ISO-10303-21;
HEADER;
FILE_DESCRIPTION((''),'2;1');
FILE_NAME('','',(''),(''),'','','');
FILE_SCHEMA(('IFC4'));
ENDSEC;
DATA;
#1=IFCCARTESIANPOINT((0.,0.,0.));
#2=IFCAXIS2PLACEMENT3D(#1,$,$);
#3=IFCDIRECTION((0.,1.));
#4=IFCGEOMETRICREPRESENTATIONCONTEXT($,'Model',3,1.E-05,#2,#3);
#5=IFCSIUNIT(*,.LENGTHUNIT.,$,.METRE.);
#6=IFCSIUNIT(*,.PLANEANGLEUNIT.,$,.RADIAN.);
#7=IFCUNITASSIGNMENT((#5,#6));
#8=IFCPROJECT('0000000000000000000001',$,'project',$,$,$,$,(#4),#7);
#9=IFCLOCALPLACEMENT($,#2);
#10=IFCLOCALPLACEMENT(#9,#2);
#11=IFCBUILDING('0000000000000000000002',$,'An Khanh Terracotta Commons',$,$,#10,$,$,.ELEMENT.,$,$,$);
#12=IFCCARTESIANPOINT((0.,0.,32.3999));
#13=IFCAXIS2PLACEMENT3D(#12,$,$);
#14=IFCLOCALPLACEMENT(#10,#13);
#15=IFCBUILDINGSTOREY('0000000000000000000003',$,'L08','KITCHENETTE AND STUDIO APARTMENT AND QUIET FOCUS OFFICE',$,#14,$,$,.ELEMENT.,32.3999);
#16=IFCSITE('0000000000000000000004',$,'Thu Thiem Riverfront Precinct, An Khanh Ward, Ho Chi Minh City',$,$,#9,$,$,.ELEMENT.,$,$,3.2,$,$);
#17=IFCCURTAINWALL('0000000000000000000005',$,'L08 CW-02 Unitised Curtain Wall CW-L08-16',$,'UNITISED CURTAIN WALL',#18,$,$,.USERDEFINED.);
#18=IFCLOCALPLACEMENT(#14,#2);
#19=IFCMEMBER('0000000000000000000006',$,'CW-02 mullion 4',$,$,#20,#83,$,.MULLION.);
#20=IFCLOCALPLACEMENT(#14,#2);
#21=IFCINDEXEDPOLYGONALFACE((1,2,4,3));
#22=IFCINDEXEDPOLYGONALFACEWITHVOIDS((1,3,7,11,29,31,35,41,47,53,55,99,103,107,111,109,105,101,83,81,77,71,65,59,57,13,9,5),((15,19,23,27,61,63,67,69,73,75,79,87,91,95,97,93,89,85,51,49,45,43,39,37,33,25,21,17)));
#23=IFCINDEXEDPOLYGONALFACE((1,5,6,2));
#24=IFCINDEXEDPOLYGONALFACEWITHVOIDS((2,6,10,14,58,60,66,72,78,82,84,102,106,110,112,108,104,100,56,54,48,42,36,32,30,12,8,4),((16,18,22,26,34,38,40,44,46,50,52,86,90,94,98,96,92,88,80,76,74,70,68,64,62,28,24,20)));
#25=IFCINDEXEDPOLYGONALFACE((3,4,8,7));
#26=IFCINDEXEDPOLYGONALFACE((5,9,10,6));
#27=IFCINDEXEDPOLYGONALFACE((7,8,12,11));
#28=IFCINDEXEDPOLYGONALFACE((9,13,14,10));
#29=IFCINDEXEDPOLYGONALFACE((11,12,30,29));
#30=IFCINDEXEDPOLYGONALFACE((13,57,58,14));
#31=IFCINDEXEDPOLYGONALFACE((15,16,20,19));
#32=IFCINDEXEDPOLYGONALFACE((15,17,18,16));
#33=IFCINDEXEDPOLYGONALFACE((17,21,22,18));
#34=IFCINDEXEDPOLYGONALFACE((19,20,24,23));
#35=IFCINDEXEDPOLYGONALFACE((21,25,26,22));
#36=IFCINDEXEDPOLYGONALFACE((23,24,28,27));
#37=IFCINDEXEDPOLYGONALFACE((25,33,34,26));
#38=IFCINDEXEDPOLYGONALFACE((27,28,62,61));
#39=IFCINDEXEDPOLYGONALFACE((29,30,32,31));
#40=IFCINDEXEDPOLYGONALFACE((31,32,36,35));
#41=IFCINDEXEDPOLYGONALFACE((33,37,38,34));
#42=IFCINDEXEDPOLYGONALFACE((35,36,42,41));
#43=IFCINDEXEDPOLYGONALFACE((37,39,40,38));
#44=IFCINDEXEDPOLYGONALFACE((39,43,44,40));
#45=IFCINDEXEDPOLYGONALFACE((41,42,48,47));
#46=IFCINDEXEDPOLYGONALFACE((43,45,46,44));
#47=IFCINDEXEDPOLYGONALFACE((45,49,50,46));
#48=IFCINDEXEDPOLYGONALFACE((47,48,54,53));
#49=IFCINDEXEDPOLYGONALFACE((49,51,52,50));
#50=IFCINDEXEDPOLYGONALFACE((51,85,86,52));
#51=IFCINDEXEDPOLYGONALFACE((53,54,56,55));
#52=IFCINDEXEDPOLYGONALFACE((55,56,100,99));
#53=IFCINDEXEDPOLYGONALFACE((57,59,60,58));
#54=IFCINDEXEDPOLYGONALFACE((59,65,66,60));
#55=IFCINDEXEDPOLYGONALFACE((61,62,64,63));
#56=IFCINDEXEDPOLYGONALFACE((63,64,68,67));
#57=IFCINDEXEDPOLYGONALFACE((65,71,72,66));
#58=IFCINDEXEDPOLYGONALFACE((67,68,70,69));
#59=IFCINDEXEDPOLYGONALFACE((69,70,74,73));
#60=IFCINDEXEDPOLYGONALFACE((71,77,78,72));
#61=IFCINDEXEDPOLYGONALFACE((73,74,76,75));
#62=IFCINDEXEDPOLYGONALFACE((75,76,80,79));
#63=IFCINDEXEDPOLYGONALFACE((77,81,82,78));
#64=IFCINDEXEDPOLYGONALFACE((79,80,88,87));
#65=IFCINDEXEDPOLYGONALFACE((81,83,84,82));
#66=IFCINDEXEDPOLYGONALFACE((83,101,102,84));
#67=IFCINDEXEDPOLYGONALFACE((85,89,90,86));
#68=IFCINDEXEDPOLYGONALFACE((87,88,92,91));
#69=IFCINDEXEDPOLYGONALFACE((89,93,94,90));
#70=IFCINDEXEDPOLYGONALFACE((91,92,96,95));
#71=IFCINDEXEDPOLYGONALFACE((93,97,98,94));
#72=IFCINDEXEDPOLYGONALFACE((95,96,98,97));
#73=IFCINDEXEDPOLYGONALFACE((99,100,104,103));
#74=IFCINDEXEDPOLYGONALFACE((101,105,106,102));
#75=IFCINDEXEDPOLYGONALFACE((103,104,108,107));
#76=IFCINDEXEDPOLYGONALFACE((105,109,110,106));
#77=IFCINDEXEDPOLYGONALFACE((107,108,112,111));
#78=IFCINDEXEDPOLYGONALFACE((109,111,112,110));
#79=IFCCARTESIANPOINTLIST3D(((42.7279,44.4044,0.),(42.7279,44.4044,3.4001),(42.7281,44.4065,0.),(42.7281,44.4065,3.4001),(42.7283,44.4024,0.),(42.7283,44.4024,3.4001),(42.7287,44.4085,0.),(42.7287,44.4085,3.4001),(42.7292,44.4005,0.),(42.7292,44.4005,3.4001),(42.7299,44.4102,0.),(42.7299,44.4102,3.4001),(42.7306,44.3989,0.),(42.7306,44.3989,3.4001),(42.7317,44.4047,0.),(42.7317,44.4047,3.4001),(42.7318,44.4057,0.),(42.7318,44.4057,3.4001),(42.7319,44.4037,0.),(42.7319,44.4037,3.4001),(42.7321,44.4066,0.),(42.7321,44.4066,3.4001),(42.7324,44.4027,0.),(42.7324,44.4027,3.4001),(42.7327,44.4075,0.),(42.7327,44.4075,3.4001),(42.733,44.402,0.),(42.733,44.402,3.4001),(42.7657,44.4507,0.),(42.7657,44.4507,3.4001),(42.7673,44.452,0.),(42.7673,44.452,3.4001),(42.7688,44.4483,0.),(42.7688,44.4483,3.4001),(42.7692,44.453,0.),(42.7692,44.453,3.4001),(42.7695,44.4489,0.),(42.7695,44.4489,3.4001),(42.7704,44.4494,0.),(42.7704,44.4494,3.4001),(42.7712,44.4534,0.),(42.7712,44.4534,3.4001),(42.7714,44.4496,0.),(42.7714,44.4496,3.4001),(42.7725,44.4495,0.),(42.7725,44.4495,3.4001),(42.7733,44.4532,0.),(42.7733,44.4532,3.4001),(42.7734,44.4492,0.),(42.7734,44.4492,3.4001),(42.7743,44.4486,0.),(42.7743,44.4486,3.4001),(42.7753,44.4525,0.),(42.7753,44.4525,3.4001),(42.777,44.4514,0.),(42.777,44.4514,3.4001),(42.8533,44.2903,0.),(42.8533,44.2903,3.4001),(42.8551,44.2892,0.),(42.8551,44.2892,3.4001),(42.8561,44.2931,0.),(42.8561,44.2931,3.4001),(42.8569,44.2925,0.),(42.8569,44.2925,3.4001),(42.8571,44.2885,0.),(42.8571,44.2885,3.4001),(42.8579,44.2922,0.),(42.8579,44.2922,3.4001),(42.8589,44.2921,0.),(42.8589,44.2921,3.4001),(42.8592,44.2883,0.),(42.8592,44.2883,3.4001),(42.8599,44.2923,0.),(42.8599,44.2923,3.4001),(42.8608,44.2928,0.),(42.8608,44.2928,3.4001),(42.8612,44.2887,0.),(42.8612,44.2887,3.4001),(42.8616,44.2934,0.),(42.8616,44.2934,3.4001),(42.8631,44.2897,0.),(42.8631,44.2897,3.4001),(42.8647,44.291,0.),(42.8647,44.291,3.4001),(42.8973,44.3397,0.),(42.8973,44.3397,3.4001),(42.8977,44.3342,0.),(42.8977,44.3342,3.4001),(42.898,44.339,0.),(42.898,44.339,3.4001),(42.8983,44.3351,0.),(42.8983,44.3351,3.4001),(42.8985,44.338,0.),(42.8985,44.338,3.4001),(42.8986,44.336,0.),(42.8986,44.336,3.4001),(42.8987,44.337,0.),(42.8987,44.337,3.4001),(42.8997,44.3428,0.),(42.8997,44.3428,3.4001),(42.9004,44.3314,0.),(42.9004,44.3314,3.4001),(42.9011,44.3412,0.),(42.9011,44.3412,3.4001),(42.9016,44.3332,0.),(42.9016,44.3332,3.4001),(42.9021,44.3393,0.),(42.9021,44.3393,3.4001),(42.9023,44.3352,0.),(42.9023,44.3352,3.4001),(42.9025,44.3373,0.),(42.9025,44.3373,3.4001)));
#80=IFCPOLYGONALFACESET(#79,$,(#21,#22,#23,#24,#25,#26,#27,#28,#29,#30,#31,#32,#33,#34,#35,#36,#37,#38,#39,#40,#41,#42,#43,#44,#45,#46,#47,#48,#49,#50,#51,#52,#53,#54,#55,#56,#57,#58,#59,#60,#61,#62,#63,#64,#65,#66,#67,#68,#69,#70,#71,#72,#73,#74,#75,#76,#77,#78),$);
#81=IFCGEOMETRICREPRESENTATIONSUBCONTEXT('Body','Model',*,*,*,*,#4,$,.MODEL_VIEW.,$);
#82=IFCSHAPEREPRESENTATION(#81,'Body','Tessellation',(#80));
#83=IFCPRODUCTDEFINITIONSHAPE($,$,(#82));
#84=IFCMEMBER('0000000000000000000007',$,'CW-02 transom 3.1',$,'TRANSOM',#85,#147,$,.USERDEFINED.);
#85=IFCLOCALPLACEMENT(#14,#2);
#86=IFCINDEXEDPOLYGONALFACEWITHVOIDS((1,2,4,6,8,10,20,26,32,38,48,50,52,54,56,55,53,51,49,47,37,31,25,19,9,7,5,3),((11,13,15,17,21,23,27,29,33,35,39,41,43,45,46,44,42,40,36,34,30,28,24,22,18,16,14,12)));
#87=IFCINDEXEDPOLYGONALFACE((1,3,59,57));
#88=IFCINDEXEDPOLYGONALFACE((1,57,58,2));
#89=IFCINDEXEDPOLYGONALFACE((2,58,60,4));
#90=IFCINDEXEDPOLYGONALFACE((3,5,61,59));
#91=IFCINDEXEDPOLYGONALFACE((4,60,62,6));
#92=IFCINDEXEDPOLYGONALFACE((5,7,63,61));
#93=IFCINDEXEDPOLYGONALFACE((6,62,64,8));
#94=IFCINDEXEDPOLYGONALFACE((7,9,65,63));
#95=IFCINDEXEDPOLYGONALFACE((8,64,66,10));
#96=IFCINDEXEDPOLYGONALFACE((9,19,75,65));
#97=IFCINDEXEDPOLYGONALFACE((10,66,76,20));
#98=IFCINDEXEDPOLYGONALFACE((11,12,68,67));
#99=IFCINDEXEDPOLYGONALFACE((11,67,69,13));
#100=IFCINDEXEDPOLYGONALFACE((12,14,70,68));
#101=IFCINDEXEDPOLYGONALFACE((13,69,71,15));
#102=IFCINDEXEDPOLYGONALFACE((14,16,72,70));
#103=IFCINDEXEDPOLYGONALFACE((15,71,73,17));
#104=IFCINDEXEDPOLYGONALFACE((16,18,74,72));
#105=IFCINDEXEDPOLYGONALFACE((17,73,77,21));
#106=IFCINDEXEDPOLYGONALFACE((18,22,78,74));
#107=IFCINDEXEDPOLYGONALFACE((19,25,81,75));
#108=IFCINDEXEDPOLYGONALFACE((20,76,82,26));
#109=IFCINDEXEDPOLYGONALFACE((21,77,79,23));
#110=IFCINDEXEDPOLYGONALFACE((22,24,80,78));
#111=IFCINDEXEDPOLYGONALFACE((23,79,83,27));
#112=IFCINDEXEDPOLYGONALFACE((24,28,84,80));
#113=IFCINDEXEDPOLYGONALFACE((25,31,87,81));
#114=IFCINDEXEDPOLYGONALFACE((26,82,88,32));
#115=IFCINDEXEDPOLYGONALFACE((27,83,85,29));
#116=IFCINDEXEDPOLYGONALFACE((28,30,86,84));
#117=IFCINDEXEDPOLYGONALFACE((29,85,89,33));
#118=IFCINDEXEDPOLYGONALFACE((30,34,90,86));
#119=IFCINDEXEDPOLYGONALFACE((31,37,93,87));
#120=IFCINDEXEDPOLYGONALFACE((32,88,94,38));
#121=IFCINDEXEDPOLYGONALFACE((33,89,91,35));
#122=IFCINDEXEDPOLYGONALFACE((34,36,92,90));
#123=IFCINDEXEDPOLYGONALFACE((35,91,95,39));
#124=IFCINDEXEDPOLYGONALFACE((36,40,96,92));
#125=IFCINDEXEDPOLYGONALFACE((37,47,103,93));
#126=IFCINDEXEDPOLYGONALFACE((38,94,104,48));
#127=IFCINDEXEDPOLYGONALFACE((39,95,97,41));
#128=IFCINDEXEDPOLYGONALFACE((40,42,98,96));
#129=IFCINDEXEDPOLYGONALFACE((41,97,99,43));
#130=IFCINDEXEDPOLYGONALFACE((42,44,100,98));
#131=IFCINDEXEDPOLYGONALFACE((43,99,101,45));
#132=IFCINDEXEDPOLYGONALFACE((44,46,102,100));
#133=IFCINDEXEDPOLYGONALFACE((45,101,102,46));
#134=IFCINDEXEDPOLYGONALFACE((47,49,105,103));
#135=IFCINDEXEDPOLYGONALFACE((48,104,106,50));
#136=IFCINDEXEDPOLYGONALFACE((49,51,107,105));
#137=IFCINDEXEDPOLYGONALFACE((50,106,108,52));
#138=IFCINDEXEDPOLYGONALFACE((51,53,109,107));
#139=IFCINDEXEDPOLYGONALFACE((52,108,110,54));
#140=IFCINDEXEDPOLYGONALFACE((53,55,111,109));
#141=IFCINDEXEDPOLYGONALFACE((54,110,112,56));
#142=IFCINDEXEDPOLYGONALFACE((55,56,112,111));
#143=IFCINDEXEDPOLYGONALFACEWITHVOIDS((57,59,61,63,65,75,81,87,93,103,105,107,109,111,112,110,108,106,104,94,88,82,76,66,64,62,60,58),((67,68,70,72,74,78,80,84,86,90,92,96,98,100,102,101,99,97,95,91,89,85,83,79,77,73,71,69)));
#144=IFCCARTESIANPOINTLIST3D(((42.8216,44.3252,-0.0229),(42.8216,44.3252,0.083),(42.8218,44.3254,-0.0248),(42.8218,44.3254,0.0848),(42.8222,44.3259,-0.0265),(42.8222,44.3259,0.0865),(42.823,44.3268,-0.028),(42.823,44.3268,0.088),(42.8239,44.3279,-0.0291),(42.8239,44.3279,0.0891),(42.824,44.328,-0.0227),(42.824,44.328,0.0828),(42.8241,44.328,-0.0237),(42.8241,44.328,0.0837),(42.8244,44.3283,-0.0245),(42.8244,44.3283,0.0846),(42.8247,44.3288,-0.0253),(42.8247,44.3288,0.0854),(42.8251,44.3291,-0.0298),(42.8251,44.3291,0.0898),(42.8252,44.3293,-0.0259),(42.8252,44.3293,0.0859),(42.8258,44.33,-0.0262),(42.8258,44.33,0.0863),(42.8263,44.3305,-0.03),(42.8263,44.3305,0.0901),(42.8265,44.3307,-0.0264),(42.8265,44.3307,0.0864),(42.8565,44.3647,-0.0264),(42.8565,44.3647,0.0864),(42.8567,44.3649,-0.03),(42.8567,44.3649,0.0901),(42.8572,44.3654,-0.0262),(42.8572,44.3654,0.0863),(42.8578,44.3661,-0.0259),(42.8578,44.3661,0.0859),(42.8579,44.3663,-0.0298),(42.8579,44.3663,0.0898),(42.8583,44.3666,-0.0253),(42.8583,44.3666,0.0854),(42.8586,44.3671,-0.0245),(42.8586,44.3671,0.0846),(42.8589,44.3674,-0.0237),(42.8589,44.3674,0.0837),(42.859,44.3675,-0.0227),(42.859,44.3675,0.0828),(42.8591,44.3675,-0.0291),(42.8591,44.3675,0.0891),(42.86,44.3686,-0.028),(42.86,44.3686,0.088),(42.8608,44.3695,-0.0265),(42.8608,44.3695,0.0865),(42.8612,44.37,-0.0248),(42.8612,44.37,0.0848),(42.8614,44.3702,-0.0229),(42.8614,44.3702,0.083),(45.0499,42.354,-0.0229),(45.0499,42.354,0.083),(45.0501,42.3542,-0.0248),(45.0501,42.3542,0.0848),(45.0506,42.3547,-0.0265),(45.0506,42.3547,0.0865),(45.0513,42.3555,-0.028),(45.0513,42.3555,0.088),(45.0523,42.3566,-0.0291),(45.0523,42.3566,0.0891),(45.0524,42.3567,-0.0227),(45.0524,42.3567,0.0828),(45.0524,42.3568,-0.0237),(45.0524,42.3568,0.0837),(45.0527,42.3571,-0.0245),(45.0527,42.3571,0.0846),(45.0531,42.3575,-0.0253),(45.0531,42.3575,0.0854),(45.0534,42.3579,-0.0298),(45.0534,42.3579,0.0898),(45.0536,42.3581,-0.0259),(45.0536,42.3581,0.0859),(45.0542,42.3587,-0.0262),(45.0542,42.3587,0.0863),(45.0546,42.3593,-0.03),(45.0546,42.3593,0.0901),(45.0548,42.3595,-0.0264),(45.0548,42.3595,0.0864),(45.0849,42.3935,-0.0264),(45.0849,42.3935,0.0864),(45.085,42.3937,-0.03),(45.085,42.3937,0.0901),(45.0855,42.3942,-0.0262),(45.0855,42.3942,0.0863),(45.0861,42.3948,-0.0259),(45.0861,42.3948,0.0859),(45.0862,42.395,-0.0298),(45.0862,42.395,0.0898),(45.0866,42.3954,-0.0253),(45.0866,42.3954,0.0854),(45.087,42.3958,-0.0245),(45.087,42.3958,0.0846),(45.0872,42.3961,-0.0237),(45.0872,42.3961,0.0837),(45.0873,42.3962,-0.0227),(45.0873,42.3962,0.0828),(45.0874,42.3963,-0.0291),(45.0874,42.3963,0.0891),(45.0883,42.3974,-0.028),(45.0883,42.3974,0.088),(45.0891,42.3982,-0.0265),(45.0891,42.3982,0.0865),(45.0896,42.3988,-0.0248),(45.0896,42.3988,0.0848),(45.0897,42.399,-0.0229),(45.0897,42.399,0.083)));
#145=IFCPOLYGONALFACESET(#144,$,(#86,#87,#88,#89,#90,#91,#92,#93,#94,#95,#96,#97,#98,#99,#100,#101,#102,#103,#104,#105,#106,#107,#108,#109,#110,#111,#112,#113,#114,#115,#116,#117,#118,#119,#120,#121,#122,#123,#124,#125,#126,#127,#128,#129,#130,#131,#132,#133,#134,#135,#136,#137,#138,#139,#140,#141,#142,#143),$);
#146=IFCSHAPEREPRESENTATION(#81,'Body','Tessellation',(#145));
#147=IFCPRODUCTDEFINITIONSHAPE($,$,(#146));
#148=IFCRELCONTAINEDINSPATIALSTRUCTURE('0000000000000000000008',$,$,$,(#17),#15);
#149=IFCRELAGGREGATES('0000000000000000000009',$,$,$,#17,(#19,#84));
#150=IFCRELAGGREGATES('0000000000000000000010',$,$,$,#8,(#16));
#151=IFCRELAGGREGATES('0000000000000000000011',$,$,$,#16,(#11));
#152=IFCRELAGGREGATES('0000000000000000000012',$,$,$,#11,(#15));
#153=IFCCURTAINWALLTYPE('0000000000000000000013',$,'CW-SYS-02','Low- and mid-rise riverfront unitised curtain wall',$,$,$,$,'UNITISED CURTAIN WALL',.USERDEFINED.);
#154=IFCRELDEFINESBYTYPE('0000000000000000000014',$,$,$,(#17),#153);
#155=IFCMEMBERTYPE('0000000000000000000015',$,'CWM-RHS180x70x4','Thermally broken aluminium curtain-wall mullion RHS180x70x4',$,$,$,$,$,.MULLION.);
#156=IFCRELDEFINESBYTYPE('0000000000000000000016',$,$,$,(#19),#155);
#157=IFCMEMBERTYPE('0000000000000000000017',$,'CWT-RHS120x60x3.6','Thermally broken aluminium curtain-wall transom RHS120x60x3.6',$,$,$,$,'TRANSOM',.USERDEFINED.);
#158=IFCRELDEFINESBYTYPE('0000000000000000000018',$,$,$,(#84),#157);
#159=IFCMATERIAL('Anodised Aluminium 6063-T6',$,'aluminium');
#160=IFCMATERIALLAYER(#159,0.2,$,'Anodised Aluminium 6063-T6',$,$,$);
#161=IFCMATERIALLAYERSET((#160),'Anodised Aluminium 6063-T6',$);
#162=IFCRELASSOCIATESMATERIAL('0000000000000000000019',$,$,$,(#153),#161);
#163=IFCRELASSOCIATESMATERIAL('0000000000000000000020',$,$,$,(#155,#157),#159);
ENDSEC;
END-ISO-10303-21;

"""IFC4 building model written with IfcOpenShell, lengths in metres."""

from ifc_helpers import new_model, si_unit, direction, frame, origin, origin_2d, place, context, subcontext, project, spatial, hollow_rectangle, extrude, material, layer, layer_set, material_profile, profile_set, type_object, element, aggregate, save


model = new_model("IFC4")

# Units and contexts
model_context = context("Model", 3, precision=1e-05, world=origin(), true_north=direction((0.0, 1.0)))
body_context = subcontext(model_context, "Body", "Model", "MODEL_VIEW")
ifc_project = project(units=[si_unit("LENGTHUNIT", "METRE"), si_unit("PLANEANGLEUNIT", "RADIAN")], contexts=[model_context])

# Site, building, storey
site_placement = place(None, origin())
site = spatial("IfcSite", under=ifc_project, at=site_placement, Name="Thu Thiem Riverfront Precinct, An Khanh Ward, Ho Chi Minh City", CompositionType="ELEMENT", RefElevation=3.2)
building_placement = place(site_placement, origin())
building = spatial("IfcBuilding", under=site, at=building_placement, Name="An Khanh Terracotta Commons", CompositionType="ELEMENT")
storey_placement = place(building_placement, frame((0.0, 0.0, 32.3999)))
storey = spatial("IfcBuildingStorey", under=building, at=storey_placement, Name="L08", Description="KITCHENETTE AND STUDIO APARTMENT AND QUIET FOCUS OFFICE", CompositionType="ELEMENT", Elevation=32.3999)

# Curtain wall, members
ifc_material_1 = material(Name="Anodised Aluminium 6063-T6", Category="aluminium")
ifc_layer_1 = layer(ifc_material_1, 0.2, Name="Anodised Aluminium 6063-T6")
ifc_layer_set_1 = layer_set([ifc_layer_1], Name="Anodised Aluminium 6063-T6")
curtain_wall_type = type_object("IfcCurtainWallType", Name="CW-SYS-02", Description="Low- and mid-rise riverfront unitised curtain wall", ElementType="UNITISED CURTAIN WALL", PredefinedType="USERDEFINED", material=ifc_layer_set_1)
curtain_wall_placement = place(storey_placement, origin())
curtain_wall = element("IfcCurtainWall", 1, at=curtain_wall_placement, inside=storey, type_object=curtain_wall_type, Name="L08 CW-02 Unitised Curtain Wall CW-L08-16", ObjectType="UNITISED CURTAIN WALL", PredefinedType="USERDEFINED")
ifc_material_profile_1 = material_profile(ifc_material_1, hollow_rectangle(XDim=0.0701, YDim=0.1799, WallThickness=0.0039, InnerFilletRadius=0.0039, OuterFilletRadius=0.0081, at=origin_2d()), Name="RHS180x70x4")
ifc_profile_set_1 = profile_set([ifc_material_profile_1], Name="Anodised Aluminium 6063-T6")
member_type_1 = type_object("IfcMemberType", Name="CWM-RHS180x70x4", Description="Thermally broken aluminium curtain-wall mullion RHS180x70x4", PredefinedType="MULLION", material=ifc_profile_set_1)
member_1_placement = place(storey_placement, frame((42.8152, 44.3708, 0.0), z_axis=(0.0, 0.0, 1.0), x_axis=(-0.662548, -0.749019, 0.0)))
member_1 = element("IfcMember", 2, at=member_1_placement, type_object=member_type_1, Name="CW-02 mullion 4", PredefinedType="MULLION", context=body_context, shape_type="SweptSolid", body=[
    extrude(hollow_rectangle(XDim=0.0701, YDim=0.1799, WallThickness=0.0039, InnerFilletRadius=0.0039, OuterFilletRadius=0.0081, at=origin_2d()), origin(), (0.0, 0.0, 1.0), 3.4001),
])
ifc_material_profile_2 = material_profile(ifc_material_1, hollow_rectangle(XDim=0.0601, YDim=0.1201, WallThickness=0.0037, InnerFilletRadius=0.0037, OuterFilletRadius=0.0071, at=origin_2d()), Name="RHS120x60x3.6")
ifc_profile_set_2 = profile_set([ifc_material_profile_2], Name="Anodised Aluminium 6063-T6")
member_type_2 = type_object("IfcMemberType", Name="CWT-RHS120x60x3.6", Description="Thermally broken aluminium curtain-wall transom RHS120x60x3.6", ElementType="TRANSOM", PredefinedType="USERDEFINED", material=ifc_profile_set_2)
member_2_placement = place(storey_placement, frame((45.0698, 42.3765, 0.03), z_axis=(-0.748992, 0.662579, 0.0), x_axis=(-0.662579, -0.748992, 0.0)))
member_2 = element("IfcMember", 3, at=member_2_placement, type_object=member_type_2, Name="CW-02 transom 3.1", ObjectType="TRANSOM", PredefinedType="USERDEFINED", context=body_context, shape_type="SweptSolid", body=[
    extrude(hollow_rectangle(XDim=0.0601, YDim=0.1201, WallThickness=0.0037, InnerFilletRadius=0.0037, OuterFilletRadius=0.0071, at=origin_2d()), origin(), (0.0, 0.0, 1.0), 2.9751),
])
aggregate(curtain_wall, [member_1, member_2])

save(model, "model.ifc")
